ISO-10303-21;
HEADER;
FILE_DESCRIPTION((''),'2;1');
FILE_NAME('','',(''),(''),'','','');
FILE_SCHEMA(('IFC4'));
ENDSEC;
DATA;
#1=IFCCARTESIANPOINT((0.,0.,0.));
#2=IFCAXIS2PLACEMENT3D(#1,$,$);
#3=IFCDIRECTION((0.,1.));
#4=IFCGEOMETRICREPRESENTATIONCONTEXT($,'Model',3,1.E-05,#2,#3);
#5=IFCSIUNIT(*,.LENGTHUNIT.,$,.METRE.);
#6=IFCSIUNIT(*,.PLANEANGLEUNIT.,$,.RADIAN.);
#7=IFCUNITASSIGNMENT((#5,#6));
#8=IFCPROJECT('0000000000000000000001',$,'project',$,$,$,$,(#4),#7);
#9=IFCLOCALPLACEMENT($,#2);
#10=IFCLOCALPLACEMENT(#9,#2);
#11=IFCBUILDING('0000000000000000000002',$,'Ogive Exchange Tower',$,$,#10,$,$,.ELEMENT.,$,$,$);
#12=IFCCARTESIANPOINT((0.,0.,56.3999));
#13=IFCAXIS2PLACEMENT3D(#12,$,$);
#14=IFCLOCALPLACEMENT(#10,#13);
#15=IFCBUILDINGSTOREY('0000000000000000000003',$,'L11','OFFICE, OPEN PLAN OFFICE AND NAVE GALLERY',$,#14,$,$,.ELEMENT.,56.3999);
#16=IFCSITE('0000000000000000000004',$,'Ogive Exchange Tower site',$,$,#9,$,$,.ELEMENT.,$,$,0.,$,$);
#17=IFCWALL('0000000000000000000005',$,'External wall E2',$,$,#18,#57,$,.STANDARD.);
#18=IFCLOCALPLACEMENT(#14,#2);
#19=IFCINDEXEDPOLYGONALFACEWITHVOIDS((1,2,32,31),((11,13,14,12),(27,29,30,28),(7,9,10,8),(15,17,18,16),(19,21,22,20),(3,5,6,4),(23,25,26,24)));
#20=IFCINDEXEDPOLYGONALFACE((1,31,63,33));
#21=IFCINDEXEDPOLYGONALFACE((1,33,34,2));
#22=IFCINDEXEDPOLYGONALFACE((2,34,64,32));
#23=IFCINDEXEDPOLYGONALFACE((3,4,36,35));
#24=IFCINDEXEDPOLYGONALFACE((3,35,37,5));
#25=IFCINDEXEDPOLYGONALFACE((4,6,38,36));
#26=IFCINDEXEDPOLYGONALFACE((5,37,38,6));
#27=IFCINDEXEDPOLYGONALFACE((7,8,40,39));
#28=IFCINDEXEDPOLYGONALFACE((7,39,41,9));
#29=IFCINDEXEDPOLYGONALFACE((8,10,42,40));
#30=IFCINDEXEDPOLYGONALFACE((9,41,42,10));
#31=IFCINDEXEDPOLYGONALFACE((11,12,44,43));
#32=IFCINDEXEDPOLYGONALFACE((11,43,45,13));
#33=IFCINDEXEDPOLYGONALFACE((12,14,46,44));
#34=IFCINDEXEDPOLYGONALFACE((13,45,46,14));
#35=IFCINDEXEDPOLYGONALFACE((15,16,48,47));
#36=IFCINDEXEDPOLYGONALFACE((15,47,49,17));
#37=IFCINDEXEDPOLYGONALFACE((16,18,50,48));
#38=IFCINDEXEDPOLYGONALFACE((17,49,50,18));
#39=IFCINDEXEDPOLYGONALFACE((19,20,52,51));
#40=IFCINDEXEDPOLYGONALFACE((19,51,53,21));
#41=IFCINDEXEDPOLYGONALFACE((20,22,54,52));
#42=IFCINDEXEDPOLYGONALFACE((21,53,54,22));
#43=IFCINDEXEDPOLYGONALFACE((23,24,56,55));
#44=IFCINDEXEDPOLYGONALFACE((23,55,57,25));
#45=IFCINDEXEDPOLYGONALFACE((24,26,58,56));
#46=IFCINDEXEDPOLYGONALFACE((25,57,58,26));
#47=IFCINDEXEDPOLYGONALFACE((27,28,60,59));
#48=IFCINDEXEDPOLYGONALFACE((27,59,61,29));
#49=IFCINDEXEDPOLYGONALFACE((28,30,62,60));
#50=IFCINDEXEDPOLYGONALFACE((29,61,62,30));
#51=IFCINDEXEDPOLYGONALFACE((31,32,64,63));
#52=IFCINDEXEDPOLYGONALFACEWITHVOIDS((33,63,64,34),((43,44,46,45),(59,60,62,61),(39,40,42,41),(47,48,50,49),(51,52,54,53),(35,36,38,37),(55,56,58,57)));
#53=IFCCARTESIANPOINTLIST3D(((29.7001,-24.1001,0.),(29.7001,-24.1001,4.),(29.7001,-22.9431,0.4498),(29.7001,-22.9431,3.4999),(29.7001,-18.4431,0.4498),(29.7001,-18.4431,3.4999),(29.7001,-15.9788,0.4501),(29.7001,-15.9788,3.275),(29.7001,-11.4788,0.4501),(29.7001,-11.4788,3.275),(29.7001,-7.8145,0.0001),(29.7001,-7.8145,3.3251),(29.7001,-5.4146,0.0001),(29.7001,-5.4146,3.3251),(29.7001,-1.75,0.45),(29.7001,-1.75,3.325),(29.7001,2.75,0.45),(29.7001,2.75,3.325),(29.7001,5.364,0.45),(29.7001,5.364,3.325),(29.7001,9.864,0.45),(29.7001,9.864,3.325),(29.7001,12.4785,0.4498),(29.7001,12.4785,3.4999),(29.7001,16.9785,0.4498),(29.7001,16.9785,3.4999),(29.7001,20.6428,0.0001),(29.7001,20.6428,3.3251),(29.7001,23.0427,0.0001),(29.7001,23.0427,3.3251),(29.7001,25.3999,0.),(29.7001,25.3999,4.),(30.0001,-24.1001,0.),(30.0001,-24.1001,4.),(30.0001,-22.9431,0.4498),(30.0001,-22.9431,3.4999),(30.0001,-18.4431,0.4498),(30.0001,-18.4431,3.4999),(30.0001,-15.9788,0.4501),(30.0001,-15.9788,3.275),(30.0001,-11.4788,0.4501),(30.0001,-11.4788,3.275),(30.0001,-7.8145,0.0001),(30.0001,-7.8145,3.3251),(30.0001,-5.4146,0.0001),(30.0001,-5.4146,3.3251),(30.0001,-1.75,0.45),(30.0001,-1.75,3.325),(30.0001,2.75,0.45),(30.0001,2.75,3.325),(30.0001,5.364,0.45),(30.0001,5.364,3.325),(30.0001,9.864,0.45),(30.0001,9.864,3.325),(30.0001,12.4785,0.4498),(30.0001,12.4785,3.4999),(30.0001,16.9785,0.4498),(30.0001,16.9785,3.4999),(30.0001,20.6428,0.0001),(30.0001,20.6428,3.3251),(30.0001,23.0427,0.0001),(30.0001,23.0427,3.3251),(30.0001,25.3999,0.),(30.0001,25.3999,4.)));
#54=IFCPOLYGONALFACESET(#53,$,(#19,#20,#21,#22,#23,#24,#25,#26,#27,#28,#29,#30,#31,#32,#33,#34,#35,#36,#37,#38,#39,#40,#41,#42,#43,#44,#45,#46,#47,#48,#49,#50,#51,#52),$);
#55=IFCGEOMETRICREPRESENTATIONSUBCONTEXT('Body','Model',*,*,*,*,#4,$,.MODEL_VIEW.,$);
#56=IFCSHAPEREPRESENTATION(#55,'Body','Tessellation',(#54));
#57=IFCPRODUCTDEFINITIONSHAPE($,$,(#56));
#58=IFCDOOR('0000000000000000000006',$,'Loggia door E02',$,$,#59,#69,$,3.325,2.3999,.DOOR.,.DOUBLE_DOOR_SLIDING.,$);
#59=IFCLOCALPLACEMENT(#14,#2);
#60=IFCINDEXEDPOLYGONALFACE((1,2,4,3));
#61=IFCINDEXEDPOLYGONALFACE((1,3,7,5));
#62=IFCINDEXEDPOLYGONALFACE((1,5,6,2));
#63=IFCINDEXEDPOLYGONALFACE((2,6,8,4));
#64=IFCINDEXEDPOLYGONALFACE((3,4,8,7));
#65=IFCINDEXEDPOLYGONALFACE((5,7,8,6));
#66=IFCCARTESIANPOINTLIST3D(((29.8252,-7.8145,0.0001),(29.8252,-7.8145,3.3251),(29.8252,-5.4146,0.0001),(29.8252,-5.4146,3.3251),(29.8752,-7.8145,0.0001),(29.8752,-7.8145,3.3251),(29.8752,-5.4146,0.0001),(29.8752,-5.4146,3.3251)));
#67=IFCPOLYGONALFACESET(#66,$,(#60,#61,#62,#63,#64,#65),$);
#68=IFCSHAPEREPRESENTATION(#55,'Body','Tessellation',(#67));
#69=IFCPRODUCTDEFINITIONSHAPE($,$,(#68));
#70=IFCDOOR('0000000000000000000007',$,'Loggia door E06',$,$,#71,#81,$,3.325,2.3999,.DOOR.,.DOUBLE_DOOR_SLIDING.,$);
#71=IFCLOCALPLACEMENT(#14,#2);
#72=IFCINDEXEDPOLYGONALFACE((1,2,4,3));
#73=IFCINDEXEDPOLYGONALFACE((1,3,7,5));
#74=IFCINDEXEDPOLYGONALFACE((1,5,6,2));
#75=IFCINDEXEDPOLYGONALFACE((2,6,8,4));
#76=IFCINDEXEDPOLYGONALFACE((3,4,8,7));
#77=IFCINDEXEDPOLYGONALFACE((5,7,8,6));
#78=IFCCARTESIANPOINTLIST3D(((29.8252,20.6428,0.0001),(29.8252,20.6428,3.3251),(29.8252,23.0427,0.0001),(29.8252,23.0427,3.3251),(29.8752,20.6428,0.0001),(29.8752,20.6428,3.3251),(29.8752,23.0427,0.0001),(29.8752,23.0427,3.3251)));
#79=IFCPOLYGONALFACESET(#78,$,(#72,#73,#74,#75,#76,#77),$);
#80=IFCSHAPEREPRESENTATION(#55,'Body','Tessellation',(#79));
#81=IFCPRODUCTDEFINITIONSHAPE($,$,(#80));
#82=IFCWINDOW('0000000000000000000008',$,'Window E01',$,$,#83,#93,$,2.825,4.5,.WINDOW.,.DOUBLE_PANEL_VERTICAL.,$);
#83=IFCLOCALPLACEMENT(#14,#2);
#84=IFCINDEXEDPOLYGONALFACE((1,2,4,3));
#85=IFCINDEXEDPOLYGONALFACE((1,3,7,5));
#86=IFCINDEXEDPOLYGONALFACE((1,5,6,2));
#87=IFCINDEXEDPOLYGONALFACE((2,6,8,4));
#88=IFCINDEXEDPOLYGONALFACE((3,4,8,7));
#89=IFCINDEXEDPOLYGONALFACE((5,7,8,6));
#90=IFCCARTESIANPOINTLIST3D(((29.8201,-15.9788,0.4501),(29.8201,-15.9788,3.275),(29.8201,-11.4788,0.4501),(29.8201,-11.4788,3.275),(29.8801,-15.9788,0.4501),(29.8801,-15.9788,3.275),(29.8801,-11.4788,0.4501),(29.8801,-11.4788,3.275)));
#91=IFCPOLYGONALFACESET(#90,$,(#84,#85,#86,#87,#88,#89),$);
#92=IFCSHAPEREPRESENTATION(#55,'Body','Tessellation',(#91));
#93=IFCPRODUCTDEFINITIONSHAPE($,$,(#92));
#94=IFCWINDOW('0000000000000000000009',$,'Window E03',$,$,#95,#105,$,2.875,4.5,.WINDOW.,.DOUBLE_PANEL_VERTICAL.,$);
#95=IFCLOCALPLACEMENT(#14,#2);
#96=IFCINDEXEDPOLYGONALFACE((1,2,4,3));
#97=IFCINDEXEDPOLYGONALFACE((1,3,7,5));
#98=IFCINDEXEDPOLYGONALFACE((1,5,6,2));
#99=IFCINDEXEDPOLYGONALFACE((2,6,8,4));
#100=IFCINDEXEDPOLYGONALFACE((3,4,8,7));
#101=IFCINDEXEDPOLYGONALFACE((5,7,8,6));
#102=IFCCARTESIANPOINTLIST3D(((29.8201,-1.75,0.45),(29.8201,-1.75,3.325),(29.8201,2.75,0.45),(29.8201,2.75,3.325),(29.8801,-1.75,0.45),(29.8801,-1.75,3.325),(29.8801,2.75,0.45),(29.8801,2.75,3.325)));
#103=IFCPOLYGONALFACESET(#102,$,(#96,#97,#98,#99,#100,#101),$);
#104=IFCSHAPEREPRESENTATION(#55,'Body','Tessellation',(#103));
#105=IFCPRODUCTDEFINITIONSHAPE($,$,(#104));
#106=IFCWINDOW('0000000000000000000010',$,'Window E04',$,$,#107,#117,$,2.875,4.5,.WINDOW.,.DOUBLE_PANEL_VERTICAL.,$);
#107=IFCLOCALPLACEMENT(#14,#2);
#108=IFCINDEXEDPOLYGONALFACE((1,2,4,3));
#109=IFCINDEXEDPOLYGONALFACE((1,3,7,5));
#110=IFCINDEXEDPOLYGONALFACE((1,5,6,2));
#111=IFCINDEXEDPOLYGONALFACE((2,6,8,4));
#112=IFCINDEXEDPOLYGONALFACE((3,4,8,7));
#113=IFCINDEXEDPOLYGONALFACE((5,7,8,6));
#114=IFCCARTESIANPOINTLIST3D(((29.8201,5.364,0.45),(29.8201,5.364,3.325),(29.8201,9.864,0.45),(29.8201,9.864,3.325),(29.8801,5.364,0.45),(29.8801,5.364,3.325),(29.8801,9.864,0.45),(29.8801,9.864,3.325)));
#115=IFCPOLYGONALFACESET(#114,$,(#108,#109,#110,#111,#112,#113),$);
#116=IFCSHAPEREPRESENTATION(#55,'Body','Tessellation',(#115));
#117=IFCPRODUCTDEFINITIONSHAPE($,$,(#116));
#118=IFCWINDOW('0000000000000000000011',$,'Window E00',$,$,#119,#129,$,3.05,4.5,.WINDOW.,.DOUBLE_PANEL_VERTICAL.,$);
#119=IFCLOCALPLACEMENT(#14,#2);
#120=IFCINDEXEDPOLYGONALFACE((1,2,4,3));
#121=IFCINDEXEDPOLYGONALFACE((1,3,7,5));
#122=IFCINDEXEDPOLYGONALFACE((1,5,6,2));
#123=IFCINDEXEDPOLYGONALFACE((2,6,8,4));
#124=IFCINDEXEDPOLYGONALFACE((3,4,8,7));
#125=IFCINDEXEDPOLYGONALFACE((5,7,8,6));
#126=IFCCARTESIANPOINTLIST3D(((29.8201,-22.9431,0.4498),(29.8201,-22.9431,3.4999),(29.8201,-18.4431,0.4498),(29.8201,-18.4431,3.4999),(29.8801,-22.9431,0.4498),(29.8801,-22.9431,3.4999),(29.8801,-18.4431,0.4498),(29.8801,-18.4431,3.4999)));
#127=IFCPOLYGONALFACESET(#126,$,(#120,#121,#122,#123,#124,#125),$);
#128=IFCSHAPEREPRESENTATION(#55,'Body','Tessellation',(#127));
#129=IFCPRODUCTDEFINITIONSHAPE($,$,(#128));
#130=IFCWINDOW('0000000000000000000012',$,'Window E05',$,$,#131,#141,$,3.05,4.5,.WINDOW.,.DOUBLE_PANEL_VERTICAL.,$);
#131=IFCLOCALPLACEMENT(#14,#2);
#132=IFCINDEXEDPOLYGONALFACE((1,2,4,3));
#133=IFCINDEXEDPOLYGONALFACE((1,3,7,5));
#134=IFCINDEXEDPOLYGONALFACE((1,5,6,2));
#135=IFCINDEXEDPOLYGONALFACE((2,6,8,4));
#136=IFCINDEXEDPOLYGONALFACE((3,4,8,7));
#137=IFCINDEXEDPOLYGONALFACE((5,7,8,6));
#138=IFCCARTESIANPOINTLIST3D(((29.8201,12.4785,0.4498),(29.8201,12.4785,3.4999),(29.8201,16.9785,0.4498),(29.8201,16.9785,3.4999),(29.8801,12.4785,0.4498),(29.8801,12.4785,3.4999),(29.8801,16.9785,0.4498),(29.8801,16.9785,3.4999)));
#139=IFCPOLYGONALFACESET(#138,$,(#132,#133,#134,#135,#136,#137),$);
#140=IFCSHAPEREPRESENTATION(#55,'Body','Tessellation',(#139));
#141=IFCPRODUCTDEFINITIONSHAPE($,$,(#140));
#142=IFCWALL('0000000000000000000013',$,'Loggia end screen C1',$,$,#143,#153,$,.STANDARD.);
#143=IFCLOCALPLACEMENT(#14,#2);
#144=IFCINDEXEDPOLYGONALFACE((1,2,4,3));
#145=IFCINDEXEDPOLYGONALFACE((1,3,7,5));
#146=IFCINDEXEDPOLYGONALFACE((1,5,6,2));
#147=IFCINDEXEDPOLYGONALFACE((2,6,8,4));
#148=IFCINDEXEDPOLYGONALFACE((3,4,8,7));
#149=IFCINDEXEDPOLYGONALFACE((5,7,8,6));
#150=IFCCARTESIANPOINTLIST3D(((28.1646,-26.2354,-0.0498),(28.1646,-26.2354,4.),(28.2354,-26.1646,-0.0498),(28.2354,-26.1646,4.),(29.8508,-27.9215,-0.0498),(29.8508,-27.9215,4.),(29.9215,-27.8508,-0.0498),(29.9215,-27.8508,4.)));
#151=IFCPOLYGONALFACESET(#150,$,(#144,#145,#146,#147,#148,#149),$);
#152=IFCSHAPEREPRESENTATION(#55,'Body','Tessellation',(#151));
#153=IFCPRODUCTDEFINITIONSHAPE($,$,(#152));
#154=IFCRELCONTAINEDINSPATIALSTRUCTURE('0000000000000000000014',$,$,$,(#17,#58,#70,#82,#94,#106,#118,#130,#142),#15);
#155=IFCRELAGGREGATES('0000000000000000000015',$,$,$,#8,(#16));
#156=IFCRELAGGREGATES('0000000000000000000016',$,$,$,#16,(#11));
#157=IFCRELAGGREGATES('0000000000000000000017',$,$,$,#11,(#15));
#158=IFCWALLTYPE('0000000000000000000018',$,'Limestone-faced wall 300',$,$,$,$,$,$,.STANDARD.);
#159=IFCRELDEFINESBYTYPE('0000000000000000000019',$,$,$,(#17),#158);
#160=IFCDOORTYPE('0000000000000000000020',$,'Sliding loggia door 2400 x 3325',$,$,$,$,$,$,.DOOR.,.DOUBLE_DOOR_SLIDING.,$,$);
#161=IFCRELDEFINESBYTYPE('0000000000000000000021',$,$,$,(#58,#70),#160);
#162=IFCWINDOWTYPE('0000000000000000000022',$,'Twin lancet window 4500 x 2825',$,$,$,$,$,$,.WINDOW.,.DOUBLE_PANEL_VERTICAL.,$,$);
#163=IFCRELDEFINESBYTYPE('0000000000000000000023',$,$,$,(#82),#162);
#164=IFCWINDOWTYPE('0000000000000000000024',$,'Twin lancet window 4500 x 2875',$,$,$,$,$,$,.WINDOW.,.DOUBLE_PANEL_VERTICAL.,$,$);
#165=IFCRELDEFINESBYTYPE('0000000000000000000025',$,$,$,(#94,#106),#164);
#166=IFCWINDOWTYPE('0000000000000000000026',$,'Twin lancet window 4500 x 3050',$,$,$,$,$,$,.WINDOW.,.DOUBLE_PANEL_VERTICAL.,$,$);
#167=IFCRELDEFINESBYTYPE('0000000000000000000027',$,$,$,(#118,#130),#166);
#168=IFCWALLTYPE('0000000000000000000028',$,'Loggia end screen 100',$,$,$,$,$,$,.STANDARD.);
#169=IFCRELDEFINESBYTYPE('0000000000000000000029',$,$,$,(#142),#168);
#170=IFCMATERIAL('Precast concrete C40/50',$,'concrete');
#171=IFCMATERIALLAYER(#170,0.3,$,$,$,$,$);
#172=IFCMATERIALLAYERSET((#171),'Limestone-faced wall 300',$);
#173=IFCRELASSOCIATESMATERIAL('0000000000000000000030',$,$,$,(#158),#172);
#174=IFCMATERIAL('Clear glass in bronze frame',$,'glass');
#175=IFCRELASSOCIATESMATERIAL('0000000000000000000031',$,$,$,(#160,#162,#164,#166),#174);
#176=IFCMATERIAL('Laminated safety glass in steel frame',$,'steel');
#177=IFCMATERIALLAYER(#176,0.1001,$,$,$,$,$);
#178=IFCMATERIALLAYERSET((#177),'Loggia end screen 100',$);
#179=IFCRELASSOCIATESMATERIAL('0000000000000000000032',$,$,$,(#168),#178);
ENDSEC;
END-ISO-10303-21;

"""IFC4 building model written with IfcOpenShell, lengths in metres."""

from ifc_helpers import new_model, si_unit, direction, frame, frame_2d, origin, place, context, subcontext, project, spatial, rectangle, extrude, material, layer, layer_set, type_object, element, fill, save


model = new_model("IFC4")

# Units and contexts
model_context = context("Model", 3, precision=1e-05, world=origin(), true_north=direction((0.0, 1.0)))
body_context = subcontext(model_context, "Body", "Model", "MODEL_VIEW")
ifc_project = project(units=[si_unit("LENGTHUNIT", "METRE"), si_unit("PLANEANGLEUNIT", "RADIAN")], contexts=[model_context])

# Site, building, storey
site_placement = place(None, origin())
site = spatial("IfcSite", under=ifc_project, at=site_placement, Name="Ogive Exchange Tower site", CompositionType="ELEMENT", RefElevation=0.0)
building_placement = place(site_placement, origin())
building = spatial("IfcBuilding", under=site, at=building_placement, Name="Ogive Exchange Tower", CompositionType="ELEMENT")
storey_placement = place(building_placement, frame((0.0, 0.0, 56.3999)))
storey = spatial("IfcBuildingStorey", under=building, at=storey_placement, Name="L11", Description="OFFICE, OPEN PLAN OFFICE AND NAVE GALLERY", CompositionType="ELEMENT", Elevation=56.3999)

# Wall, openings, doors, windows
ifc_material_1 = material(Name="Precast concrete C40/50", Category="concrete")
ifc_layer_1 = layer(ifc_material_1, 0.3)
ifc_layer_set_1 = layer_set([ifc_layer_1], Name="Limestone-faced wall 300")
wall_type_1 = type_object("IfcWallType", Name="Limestone-faced wall 300", PredefinedType="STANDARD", material=ifc_layer_set_1)
wall_1_placement = place(storey_placement, frame((29.8501, -24.1001, 0.0), z_axis=(0.0, 0.0, 1.0), x_axis=(0.0, 1.0, 0.0)))
wall_1 = element("IfcWall", 1, at=wall_1_placement, inside=storey, type_object=wall_type_1, Name="External wall E2", PredefinedType="STANDARD", context=body_context, shape_type="SweptSolid", body=[
    extrude(rectangle(XDim=49.5, YDim=0.3, at=frame_2d((24.75, 0.0))), origin(), (0.0, 0.0, 1.0), 4.0),
])
opening_1_placement = place(wall_1_placement, frame((1.157, 0.0, 0.45)))
opening_1 = element("IfcOpeningElement", 2, at=opening_1_placement, cuts=wall_1, PredefinedType="OPENING", context=body_context, shape_type="SweptSolid", body=[
    extrude(rectangle(XDim=4.5, YDim=3.05, at=frame_2d((2.25, 1.5249))), frame((0.0, 0.1599, 0.0), z_axis=(0.0, -1.0, 0.0), x_axis=(1.0, 0.0, 0.0)), (0.0, 0.0, 1.0), 0.3201),
])
opening_2_placement = place(wall_1_placement, frame((8.1213, 0.0, 0.45)))
opening_2 = element("IfcOpeningElement", 3, at=opening_2_placement, cuts=wall_1, PredefinedType="OPENING", context=body_context, shape_type="SweptSolid", body=[
    extrude(rectangle(XDim=4.5, YDim=2.825, at=frame_2d((2.25, 1.4126))), frame((0.0, 0.1599, 0.0), z_axis=(0.0, -1.0, 0.0), x_axis=(1.0, 0.0, 0.0)), (0.0, 0.0, 1.0), 0.3201),
])
opening_3_placement = place(wall_1_placement, frame((16.2856, 0.0, 0.0)))
opening_3 = element("IfcOpeningElement", 4, at=opening_3_placement, cuts=wall_1, PredefinedType="OPENING", context=body_context, shape_type="SweptSolid", body=[
    extrude(rectangle(XDim=2.3999, YDim=3.325, at=frame_2d((1.2, 1.6626))), frame((0.0, 0.1599, 0.0), z_axis=(0.0, -1.0, 0.0), x_axis=(1.0, 0.0, 0.0)), (0.0, 0.0, 1.0), 0.3201),
])
opening_4_placement = place(wall_1_placement, frame((22.3501, 0.0, 0.45)))
opening_4 = element("IfcOpeningElement", 5, at=opening_4_placement, cuts=wall_1, PredefinedType="OPENING", context=body_context, shape_type="SweptSolid", body=[
    extrude(rectangle(XDim=4.5, YDim=2.875, at=frame_2d((2.25, 1.4375))), frame((0.0, 0.1599, 0.0), z_axis=(0.0, -1.0, 0.0), x_axis=(1.0, 0.0, 0.0)), (0.0, 0.0, 1.0), 0.3201),
])
opening_5_placement = place(wall_1_placement, frame((29.4641, 0.0, 0.45)))
opening_5 = element("IfcOpeningElement", 6, at=opening_5_placement, cuts=wall_1, PredefinedType="OPENING", context=body_context, shape_type="SweptSolid", body=[
    extrude(rectangle(XDim=4.5, YDim=2.875, at=frame_2d((2.25, 1.4375))), frame((0.0, 0.1599, 0.0), z_axis=(0.0, -1.0, 0.0), x_axis=(1.0, 0.0, 0.0)), (0.0, 0.0, 1.0), 0.3201),
])
opening_6_placement = place(wall_1_placement, frame((36.5786, 0.0, 0.45)))
opening_6 = element("IfcOpeningElement", 7, at=opening_6_placement, cuts=wall_1, PredefinedType="OPENING", context=body_context, shape_type="SweptSolid", body=[
    extrude(rectangle(XDim=4.5, YDim=3.05, at=frame_2d((2.25, 1.5249))), frame((0.0, 0.1599, 0.0), z_axis=(0.0, -1.0, 0.0), x_axis=(1.0, 0.0, 0.0)), (0.0, 0.0, 1.0), 0.3201),
])
opening_7_placement = place(wall_1_placement, frame((44.7429, 0.0, 0.0)))
opening_7 = element("IfcOpeningElement", 8, at=opening_7_placement, cuts=wall_1, PredefinedType="OPENING", context=body_context, shape_type="SweptSolid", body=[
    extrude(rectangle(XDim=2.3999, YDim=3.325, at=frame_2d((1.2, 1.6626))), frame((0.0, 0.1599, 0.0), z_axis=(0.0, -1.0, 0.0), x_axis=(1.0, 0.0, 0.0)), (0.0, 0.0, 1.0), 0.3201),
])
ifc_material_2 = material(Name="Clear glass in bronze frame", Category="glass")
door_type_1 = type_object("IfcDoorType", Name="Sliding loggia door 2400 x 3325", OperationType="DOUBLE_DOOR_SLIDING", PredefinedType="DOOR", material=ifc_material_2)
door_1_placement = place(opening_3_placement, origin())
door_1 = element("IfcDoor", 9, at=door_1_placement, inside=storey, type_object=door_type_1, Name="Loggia door E02", OperationType="DOUBLE_DOOR_SLIDING", OverallHeight=3.325, OverallWidth=2.3999, PredefinedType="DOOR", context=body_context, shape_type="SweptSolid", body=[
    extrude(rectangle(XDim=2.3999, YDim=3.325, at=frame_2d((1.2, 1.6626))), frame((0.0, 0.0249, 0.0), z_axis=(0.0, -1.0, 0.0), x_axis=(1.0, 0.0, 0.0)), (0.0, 0.0, 1.0), 0.05),
])
fill(opening_3, door_1)
door_2_placement = place(opening_7_placement, origin())
door_2 = element("IfcDoor", 10, at=door_2_placement, inside=storey, type_object=door_type_1, Name="Loggia door E06", OperationType="DOUBLE_DOOR_SLIDING", OverallHeight=3.325, OverallWidth=2.3999, PredefinedType="DOOR", context=body_context, shape_type="SweptSolid", body=[
    extrude(rectangle(XDim=2.3999, YDim=3.325, at=frame_2d((1.2, 1.6626))), frame((0.0, 0.0249, 0.0), z_axis=(0.0, -1.0, 0.0), x_axis=(1.0, 0.0, 0.0)), (0.0, 0.0, 1.0), 0.05),
])
fill(opening_7, door_2)
window_type_1 = type_object("IfcWindowType", Name="Twin lancet window 4500 x 2825", PartitioningType="DOUBLE_PANEL_VERTICAL", PredefinedType="WINDOW", material=ifc_material_2)
window_1_placement = place(opening_2_placement, origin())
window_1 = element("IfcWindow", 11, at=window_1_placement, inside=storey, type_object=window_type_1, Name="Window E01", OverallHeight=2.825, OverallWidth=4.5, PartitioningType="DOUBLE_PANEL_VERTICAL", PredefinedType="WINDOW", context=body_context, shape_type="SweptSolid", body=[
    extrude(rectangle(XDim=4.5, YDim=2.825, at=frame_2d((2.25, 1.4126))), frame((0.0, 0.03, 0.0), z_axis=(0.0, -1.0, 0.0), x_axis=(1.0, 0.0, 0.0)), (0.0, 0.0, 1.0), 0.0601),
])
fill(opening_2, window_1)
window_type_2 = type_object("IfcWindowType", Name="Twin lancet window 4500 x 2875", PartitioningType="DOUBLE_PANEL_VERTICAL", PredefinedType="WINDOW", material=ifc_material_2)
window_2_placement = place(opening_4_placement, origin())
window_2 = element("IfcWindow", 12, at=window_2_placement, inside=storey, type_object=window_type_2, Name="Window E03", OverallHeight=2.875, OverallWidth=4.5, PartitioningType="DOUBLE_PANEL_VERTICAL", PredefinedType="WINDOW", context=body_context, shape_type="SweptSolid", body=[
    extrude(rectangle(XDim=4.5, YDim=2.875, at=frame_2d((2.25, 1.4375))), frame((0.0, 0.03, 0.0), z_axis=(0.0, -1.0, 0.0), x_axis=(1.0, 0.0, 0.0)), (0.0, 0.0, 1.0), 0.0601),
])
fill(opening_4, window_2)
window_3_placement = place(opening_5_placement, origin())
window_3 = element("IfcWindow", 13, at=window_3_placement, inside=storey, type_object=window_type_2, Name="Window E04", OverallHeight=2.875, OverallWidth=4.5, PartitioningType="DOUBLE_PANEL_VERTICAL", PredefinedType="WINDOW", context=body_context, shape_type="SweptSolid", body=[
    extrude(rectangle(XDim=4.5, YDim=2.875, at=frame_2d((2.25, 1.4375))), frame((0.0, 0.03, 0.0), z_axis=(0.0, -1.0, 0.0), x_axis=(1.0, 0.0, 0.0)), (0.0, 0.0, 1.0), 0.0601),
])
fill(opening_5, window_3)
window_type_3 = type_object("IfcWindowType", Name="Twin lancet window 4500 x 3050", PartitioningType="DOUBLE_PANEL_VERTICAL", PredefinedType="WINDOW", material=ifc_material_2)
window_4_placement = place(opening_1_placement, origin())
window_4 = element("IfcWindow", 14, at=window_4_placement, inside=storey, type_object=window_type_3, Name="Window E00", OverallHeight=3.05, OverallWidth=4.5, PartitioningType="DOUBLE_PANEL_VERTICAL", PredefinedType="WINDOW", context=body_context, shape_type="SweptSolid", body=[
    extrude(rectangle(XDim=4.5, YDim=3.05, at=frame_2d((2.25, 1.5249))), frame((0.0, 0.03, 0.0), z_axis=(0.0, -1.0, 0.0), x_axis=(1.0, 0.0, 0.0)), (0.0, 0.0, 1.0), 0.0601),
])
fill(opening_1, window_4)
window_5_placement = place(opening_6_placement, origin())
window_5 = element("IfcWindow", 15, at=window_5_placement, inside=storey, type_object=window_type_3, Name="Window E05", OverallHeight=3.05, OverallWidth=4.5, PartitioningType="DOUBLE_PANEL_VERTICAL", PredefinedType="WINDOW", context=body_context, shape_type="SweptSolid", body=[
    extrude(rectangle(XDim=4.5, YDim=3.05, at=frame_2d((2.25, 1.5249))), frame((0.0, 0.03, 0.0), z_axis=(0.0, -1.0, 0.0), x_axis=(1.0, 0.0, 0.0)), (0.0, 0.0, 1.0), 0.0601),
])
fill(opening_6, window_5)

# Wall
ifc_material_3 = material(Name="Laminated safety glass in steel frame", Category="steel")
ifc_layer_2 = layer(ifc_material_3, 0.1001)
ifc_layer_set_2 = layer_set([ifc_layer_2], Name="Loggia end screen 100")
wall_type_2 = type_object("IfcWallType", Name="Loggia end screen 100", PredefinedType="STANDARD", material=ifc_layer_set_2)
wall_2_placement = place(storey_placement, frame((28.2, -26.2, -0.0498), z_axis=(0.0, 0.0, 1.0), x_axis=(0.707107, -0.707107, 0.0)))
element("IfcWall", 16, at=wall_2_placement, inside=storey, type_object=wall_type_2, Name="Loggia end screen C1", PredefinedType="STANDARD", context=body_context, shape_type="SweptSolid", body=[
    extrude(rectangle(XDim=2.3845, YDim=0.1001, at=frame_2d((1.1924, 0.0))), origin(), (0.0, 0.0, 1.0), 4.0498),
])

save(model, "model.ifc")
